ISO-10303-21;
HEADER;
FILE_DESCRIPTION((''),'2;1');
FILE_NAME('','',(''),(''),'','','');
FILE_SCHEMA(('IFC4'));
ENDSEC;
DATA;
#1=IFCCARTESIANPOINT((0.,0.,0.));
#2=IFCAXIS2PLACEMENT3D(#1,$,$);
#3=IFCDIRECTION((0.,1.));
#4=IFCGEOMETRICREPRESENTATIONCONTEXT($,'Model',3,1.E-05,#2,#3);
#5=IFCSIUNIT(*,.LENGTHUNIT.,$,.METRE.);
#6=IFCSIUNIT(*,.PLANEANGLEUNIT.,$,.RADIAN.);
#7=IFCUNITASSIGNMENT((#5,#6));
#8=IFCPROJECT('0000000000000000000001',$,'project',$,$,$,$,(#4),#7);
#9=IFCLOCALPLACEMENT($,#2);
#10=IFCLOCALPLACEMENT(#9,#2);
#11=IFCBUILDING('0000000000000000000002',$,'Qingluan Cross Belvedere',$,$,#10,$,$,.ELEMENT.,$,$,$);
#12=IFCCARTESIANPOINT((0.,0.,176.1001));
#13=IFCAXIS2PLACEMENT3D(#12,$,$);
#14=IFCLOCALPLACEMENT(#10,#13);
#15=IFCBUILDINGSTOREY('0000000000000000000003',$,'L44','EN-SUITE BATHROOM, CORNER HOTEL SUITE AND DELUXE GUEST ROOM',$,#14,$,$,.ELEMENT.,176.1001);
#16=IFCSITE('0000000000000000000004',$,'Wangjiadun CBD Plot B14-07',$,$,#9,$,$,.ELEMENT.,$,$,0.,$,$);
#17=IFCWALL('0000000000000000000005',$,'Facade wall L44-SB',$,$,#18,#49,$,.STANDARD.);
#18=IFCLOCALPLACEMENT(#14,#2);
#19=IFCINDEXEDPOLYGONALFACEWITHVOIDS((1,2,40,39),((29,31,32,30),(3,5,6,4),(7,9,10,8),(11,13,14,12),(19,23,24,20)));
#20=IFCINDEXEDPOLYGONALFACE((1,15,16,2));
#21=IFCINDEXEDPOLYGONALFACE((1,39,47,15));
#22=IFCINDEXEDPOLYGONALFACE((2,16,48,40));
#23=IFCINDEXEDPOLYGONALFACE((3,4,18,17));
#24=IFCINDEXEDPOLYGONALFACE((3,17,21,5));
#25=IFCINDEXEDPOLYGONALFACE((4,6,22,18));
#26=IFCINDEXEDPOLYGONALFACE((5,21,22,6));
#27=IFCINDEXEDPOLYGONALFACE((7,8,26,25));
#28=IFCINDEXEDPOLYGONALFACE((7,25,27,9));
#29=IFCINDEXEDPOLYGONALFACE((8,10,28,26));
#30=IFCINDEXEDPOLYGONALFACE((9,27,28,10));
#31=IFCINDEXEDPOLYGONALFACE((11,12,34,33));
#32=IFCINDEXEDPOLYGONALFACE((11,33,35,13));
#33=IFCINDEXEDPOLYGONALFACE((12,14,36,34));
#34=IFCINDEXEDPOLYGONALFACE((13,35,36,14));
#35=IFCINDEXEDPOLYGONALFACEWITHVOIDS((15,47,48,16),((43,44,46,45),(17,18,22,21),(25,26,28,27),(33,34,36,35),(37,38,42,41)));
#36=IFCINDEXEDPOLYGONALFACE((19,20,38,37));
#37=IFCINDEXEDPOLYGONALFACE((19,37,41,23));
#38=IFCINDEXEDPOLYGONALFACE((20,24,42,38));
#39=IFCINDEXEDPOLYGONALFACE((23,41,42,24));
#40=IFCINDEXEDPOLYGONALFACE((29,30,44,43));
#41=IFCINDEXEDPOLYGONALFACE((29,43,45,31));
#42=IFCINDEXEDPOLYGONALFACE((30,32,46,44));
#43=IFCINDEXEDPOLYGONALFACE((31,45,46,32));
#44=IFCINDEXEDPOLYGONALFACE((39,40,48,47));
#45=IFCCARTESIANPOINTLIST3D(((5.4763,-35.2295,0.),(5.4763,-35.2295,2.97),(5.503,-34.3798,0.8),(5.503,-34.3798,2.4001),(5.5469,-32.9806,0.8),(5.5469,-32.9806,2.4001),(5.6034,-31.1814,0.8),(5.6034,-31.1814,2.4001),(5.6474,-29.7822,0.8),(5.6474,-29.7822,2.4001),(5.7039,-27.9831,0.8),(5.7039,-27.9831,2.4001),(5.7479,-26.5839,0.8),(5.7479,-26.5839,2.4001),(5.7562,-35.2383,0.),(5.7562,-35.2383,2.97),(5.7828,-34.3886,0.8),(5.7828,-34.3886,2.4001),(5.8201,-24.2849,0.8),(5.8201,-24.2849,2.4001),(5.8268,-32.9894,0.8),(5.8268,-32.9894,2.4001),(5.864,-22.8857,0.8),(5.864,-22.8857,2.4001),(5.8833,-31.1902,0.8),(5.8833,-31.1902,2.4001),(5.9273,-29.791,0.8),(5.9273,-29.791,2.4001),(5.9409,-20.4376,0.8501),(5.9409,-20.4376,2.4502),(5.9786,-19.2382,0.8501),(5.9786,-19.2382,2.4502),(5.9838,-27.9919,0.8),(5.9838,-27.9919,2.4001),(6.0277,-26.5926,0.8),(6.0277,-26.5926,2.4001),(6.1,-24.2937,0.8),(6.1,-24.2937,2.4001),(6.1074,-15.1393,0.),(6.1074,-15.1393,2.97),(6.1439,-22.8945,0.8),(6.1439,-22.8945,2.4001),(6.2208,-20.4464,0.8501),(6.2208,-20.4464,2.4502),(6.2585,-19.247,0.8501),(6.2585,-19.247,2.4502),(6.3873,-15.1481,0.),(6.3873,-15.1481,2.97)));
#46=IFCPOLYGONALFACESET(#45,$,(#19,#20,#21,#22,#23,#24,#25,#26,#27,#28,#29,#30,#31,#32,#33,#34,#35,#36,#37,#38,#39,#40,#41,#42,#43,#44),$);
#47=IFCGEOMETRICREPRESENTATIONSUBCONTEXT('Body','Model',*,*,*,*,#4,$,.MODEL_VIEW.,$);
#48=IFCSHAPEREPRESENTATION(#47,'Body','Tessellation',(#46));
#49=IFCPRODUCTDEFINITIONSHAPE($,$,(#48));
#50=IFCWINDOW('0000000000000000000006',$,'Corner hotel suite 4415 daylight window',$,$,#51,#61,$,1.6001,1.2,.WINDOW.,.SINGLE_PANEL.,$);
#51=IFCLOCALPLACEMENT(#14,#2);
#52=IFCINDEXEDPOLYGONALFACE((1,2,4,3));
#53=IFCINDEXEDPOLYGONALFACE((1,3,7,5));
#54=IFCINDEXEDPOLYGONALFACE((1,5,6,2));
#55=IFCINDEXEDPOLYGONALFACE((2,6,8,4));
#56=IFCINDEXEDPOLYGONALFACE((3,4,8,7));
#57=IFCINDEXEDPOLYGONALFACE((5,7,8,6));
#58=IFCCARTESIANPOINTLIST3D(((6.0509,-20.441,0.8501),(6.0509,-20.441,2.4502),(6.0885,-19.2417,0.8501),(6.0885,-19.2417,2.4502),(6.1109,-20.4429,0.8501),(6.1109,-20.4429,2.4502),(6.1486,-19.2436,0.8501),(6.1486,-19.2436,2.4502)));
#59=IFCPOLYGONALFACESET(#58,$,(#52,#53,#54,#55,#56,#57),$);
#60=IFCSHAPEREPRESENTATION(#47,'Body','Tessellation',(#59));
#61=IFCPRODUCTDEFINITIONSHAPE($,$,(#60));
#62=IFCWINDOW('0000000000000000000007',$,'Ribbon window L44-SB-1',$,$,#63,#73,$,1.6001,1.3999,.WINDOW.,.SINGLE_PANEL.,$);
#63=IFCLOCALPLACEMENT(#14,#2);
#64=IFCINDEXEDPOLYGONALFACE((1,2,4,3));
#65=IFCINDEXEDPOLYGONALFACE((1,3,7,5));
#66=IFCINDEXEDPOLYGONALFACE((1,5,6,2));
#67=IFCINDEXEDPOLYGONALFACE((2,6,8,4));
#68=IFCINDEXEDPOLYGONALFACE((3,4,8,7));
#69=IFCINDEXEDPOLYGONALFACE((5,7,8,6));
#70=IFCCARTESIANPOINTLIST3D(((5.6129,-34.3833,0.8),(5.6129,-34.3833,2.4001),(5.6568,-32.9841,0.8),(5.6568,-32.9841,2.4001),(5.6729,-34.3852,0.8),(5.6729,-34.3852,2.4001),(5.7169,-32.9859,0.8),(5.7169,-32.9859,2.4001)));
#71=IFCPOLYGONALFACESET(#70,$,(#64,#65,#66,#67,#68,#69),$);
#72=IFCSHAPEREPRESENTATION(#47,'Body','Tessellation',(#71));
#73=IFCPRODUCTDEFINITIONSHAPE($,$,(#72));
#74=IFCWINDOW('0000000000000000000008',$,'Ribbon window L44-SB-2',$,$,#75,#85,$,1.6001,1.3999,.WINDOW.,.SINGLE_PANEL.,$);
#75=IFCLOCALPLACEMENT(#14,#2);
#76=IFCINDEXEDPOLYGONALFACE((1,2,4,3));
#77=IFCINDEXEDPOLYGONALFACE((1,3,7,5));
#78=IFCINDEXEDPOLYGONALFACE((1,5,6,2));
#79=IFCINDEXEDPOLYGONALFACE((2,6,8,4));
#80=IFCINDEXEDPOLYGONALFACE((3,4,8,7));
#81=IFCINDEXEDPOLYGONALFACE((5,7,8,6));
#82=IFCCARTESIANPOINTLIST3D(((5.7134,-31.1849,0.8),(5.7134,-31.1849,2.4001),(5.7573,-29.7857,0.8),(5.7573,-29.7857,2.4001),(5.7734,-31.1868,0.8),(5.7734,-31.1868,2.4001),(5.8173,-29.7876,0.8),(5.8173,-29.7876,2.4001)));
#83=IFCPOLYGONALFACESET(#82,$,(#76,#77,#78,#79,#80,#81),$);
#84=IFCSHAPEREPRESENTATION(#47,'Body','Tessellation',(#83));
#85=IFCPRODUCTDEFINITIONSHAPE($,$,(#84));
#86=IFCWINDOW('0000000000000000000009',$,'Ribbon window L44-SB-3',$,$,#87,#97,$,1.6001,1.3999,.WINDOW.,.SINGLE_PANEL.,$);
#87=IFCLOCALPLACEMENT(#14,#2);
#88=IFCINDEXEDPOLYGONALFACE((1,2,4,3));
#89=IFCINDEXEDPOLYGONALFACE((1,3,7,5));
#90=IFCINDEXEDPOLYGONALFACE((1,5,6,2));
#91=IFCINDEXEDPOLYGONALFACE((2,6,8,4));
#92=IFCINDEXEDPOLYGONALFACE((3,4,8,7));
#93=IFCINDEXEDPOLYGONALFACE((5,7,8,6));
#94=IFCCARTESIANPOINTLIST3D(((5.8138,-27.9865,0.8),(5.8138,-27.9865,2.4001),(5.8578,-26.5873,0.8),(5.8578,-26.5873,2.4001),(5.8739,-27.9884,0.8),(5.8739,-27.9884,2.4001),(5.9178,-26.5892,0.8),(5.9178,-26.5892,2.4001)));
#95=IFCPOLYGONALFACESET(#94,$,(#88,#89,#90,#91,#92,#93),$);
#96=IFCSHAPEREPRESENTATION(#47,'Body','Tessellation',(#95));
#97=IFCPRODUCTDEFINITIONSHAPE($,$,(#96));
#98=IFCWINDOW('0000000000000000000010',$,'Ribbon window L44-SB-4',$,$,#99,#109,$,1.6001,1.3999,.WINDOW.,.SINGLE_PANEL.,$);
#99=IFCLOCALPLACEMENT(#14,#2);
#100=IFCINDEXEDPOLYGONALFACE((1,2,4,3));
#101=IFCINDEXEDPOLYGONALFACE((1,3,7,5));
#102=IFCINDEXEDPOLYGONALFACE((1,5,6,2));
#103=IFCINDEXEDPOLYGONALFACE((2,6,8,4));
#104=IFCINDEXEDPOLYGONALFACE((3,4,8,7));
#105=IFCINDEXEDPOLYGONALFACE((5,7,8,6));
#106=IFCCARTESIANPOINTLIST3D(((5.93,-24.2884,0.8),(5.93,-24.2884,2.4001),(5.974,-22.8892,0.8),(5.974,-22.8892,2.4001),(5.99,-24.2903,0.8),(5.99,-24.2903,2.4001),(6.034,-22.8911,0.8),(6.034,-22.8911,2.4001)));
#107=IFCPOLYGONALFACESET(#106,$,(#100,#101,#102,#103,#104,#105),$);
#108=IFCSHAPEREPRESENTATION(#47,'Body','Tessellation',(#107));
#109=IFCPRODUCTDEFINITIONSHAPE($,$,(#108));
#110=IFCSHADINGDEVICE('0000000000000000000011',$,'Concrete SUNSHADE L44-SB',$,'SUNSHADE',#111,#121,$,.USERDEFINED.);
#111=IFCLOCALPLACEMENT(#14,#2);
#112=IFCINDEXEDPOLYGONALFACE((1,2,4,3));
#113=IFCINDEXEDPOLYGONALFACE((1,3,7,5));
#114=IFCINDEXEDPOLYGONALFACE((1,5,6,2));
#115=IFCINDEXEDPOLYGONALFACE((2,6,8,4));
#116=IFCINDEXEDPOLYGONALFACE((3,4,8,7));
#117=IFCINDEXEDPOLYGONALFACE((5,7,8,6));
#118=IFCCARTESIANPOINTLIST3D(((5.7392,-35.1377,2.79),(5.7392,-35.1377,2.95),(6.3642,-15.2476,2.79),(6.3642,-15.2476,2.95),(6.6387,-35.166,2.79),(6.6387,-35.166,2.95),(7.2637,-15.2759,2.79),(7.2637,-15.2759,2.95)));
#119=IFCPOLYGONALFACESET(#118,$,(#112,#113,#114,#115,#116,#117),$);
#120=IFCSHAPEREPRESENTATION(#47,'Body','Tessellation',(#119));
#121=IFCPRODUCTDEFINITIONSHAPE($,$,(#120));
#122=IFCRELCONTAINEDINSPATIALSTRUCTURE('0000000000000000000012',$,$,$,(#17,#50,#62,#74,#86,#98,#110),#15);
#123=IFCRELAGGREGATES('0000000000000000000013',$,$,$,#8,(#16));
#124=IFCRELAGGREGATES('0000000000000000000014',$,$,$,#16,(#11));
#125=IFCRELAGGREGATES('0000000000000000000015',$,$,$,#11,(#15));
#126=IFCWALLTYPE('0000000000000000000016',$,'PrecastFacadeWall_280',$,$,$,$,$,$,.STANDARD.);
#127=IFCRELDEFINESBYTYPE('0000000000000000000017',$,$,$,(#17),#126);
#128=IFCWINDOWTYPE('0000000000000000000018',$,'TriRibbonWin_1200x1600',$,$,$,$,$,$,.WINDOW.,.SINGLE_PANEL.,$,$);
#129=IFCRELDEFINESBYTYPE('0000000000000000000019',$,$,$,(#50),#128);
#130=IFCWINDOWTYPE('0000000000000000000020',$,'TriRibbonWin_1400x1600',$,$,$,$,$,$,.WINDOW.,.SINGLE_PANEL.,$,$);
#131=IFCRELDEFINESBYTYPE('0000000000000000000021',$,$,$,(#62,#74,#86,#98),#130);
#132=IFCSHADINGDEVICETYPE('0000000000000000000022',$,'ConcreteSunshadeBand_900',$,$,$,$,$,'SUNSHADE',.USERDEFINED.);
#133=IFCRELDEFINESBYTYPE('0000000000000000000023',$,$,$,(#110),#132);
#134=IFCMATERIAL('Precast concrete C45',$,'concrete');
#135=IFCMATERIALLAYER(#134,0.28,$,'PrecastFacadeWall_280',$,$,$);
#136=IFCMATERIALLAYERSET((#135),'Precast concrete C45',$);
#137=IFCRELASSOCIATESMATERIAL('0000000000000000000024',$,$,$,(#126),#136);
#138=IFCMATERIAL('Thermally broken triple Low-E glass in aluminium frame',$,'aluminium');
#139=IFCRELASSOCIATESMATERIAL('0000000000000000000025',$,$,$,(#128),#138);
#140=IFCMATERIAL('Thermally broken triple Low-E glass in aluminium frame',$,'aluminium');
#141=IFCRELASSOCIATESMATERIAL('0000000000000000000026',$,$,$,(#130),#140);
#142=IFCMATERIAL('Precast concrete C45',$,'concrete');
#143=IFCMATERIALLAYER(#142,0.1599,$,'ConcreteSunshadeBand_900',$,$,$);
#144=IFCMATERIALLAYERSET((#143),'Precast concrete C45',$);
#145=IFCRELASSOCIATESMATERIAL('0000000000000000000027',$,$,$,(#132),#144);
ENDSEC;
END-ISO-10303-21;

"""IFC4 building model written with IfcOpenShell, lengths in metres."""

from ifc_helpers import new_model, si_unit, direction, frame, frame_2d, origin, origin_2d, place, context, subcontext, project, spatial, rectangle, extrude, material, layer, layer_set, type_object, element, fill, save


model = new_model("IFC4")

# Units and contexts
model_context = context("Model", 3, precision=1e-05, world=origin(), true_north=direction((0.0, 1.0)))
body_context = subcontext(model_context, "Body", "Model", "MODEL_VIEW")
ifc_project = project(units=[si_unit("LENGTHUNIT", "METRE"), si_unit("PLANEANGLEUNIT", "RADIAN")], contexts=[model_context])

# Site, building, storey
site_placement = place(None, origin())
site = spatial("IfcSite", under=ifc_project, at=site_placement, Name="Wangjiadun CBD Plot B14-07", CompositionType="ELEMENT", RefElevation=0.0)
building_placement = place(site_placement, origin())
building = spatial("IfcBuilding", under=site, at=building_placement, Name="Qingluan Cross Belvedere", CompositionType="ELEMENT")
storey_placement = place(building_placement, frame((0.0, 0.0, 176.1001)))
storey = spatial("IfcBuildingStorey", under=building, at=storey_placement, Name="L44", Description="EN-SUITE BATHROOM, CORNER HOTEL SUITE AND DELUXE GUEST ROOM", CompositionType="ELEMENT", Elevation=176.1001)

# Wall, openings, windows
ifc_material_1 = material(Name="Precast concrete C45", Category="concrete")
ifc_layer_1 = layer(ifc_material_1, 0.28, Name="PrecastFacadeWall_280")
ifc_layer_set_1 = layer_set([ifc_layer_1], Name="Precast concrete C45")
wall_type_1 = type_object("IfcWallType", Name="PrecastFacadeWall_280", PredefinedType="STANDARD", material=ifc_layer_set_1)
wall_1_placement = place(storey_placement, frame((5.6162, -35.2339, 0.0), z_axis=(0.0, 0.0, 1.0), x_axis=(0.031398, 0.999507, 0.0)))
wall_1 = element("IfcWall", 1, at=wall_1_placement, inside=storey, type_object=wall_type_1, Name="Facade wall L44-SB", PredefinedType="STANDARD", context=body_context, shape_type="SweptSolid", body=[
    extrude(rectangle(XDim=20.1001, YDim=0.28, at=frame_2d((10.05, 0.0))), origin(), (0.0, 0.0, 1.0), 2.97),
])
opening_1_placement = place(wall_1_placement, frame((0.8501, 0.0, 0.8)))
opening_1 = element("IfcOpeningElement", 2, at=opening_1_placement, cuts=wall_1, PredefinedType="OPENING", context=body_context, shape_type="SweptSolid", body=[
    extrude(rectangle(XDim=1.3999, YDim=1.6001, at=frame_2d((0.7, 0.8))), frame((0.0, 0.1499, 0.0), z_axis=(0.0, -1.0, 0.0), x_axis=(1.0, 0.0, 0.0)), (0.0, 0.0, 1.0), 0.3),
])
opening_2_placement = place(wall_1_placement, frame((4.05, 0.0, 0.8)))
opening_2 = element("IfcOpeningElement", 3, at=opening_2_placement, cuts=wall_1, PredefinedType="OPENING", context=body_context, shape_type="SweptSolid", body=[
    extrude(rectangle(XDim=1.3999, YDim=1.6001, at=frame_2d((0.7, 0.8))), frame((0.0, 0.1499, 0.0), z_axis=(0.0, -1.0, 0.0), x_axis=(1.0, 0.0, 0.0)), (0.0, 0.0, 1.0), 0.3),
])
opening_3_placement = place(wall_1_placement, frame((7.25, 0.0, 0.8)))
opening_3 = element("IfcOpeningElement", 4, at=opening_3_placement, cuts=wall_1, PredefinedType="OPENING", context=body_context, shape_type="SweptSolid", body=[
    extrude(rectangle(XDim=1.3999, YDim=1.6001, at=frame_2d((0.7, 0.8))), frame((0.0, 0.1499, 0.0), z_axis=(0.0, -1.0, 0.0), x_axis=(1.0, 0.0, 0.0)), (0.0, 0.0, 1.0), 0.3),
])
opening_4_placement = place(wall_1_placement, frame((10.95, 0.0, 0.8)))
opening_4 = element("IfcOpeningElement", 5, at=opening_4_placement, cuts=wall_1, PredefinedType="OPENING", context=body_context, shape_type="SweptSolid", body=[
    extrude(rectangle(XDim=1.3999, YDim=1.6001, at=frame_2d((0.7, 0.8))), frame((0.0, 0.1499, 0.0), z_axis=(0.0, -1.0, 0.0), x_axis=(1.0, 0.0, 0.0)), (0.0, 0.0, 1.0), 0.3),
])
opening_5_placement = place(wall_1_placement, frame((14.7991, 0.0, 0.8501)))
opening_5 = element("IfcOpeningElement", 6, at=opening_5_placement, cuts=wall_1, PredefinedType="OPENING", context=body_context, shape_type="SweptSolid", body=[
    extrude(rectangle(XDim=1.2, YDim=1.6001, at=frame_2d((0.6001, 0.8))), frame((0.0, 0.1499, 0.0), z_axis=(0.0, -1.0, 0.0), x_axis=(1.0, 0.0, 0.0)), (0.0, 0.0, 1.0), 0.3),
])
ifc_material_2 = material(Name="Thermally broken triple Low-E glass in aluminium frame", Category="aluminium")
window_type_1 = type_object("IfcWindowType", Name="TriRibbonWin_1200x1600", PartitioningType="SINGLE_PANEL", PredefinedType="WINDOW", material=ifc_material_2)
window_1_placement = place(opening_5_placement, origin())
window_1 = element("IfcWindow", 7, at=window_1_placement, inside=storey, type_object=window_type_1, Name="Corner hotel suite 4415 daylight window", OverallHeight=1.6001, OverallWidth=1.2, PartitioningType="SINGLE_PANEL", PredefinedType="WINDOW", context=body_context, shape_type="SweptSolid", body=[
    extrude(rectangle(XDim=1.2, YDim=1.6001, at=frame_2d((0.6001, 0.8))), frame((0.0, 0.03, 0.0), z_axis=(0.0, -1.0, 0.0), x_axis=(1.0, 0.0, 0.0)), (0.0, 0.0, 1.0), 0.0601),
])
fill(opening_5, window_1)
ifc_material_3 = material(Name="Thermally broken triple Low-E glass in aluminium frame", Category="aluminium")
window_type_2 = type_object("IfcWindowType", Name="TriRibbonWin_1400x1600", PartitioningType="SINGLE_PANEL", PredefinedType="WINDOW", material=ifc_material_3)
window_2_placement = place(opening_1_placement, origin())
window_2 = element("IfcWindow", 8, at=window_2_placement, inside=storey, type_object=window_type_2, Name="Ribbon window L44-SB-1", OverallHeight=1.6001, OverallWidth=1.3999, PartitioningType="SINGLE_PANEL", PredefinedType="WINDOW", context=body_context, shape_type="SweptSolid", body=[
    extrude(rectangle(XDim=1.3999, YDim=1.6001, at=frame_2d((0.7, 0.8))), frame((0.0, 0.03, 0.0), z_axis=(0.0, -1.0, 0.0), x_axis=(1.0, 0.0, 0.0)), (0.0, 0.0, 1.0), 0.0601),
])
fill(opening_1, window_2)
window_3_placement = place(opening_2_placement, origin())
window_3 = element("IfcWindow", 9, at=window_3_placement, inside=storey, type_object=window_type_2, Name="Ribbon window L44-SB-2", OverallHeight=1.6001, OverallWidth=1.3999, PartitioningType="SINGLE_PANEL", PredefinedType="WINDOW", context=body_context, shape_type="SweptSolid", body=[
    extrude(rectangle(XDim=1.3999, YDim=1.6001, at=frame_2d((0.7, 0.8))), frame((0.0, 0.03, 0.0), z_axis=(0.0, -1.0, 0.0), x_axis=(1.0, 0.0, 0.0)), (0.0, 0.0, 1.0), 0.0601),
])
fill(opening_2, window_3)
window_4_placement = place(opening_3_placement, origin())
window_4 = element("IfcWindow", 10, at=window_4_placement, inside=storey, type_object=window_type_2, Name="Ribbon window L44-SB-3", OverallHeight=1.6001, OverallWidth=1.3999, PartitioningType="SINGLE_PANEL", PredefinedType="WINDOW", context=body_context, shape_type="SweptSolid", body=[
    extrude(rectangle(XDim=1.3999, YDim=1.6001, at=frame_2d((0.7, 0.8))), frame((0.0, 0.03, 0.0), z_axis=(0.0, -1.0, 0.0), x_axis=(1.0, 0.0, 0.0)), (0.0, 0.0, 1.0), 0.0601),
])
fill(opening_3, window_4)
window_5_placement = place(opening_4_placement, origin())
window_5 = element("IfcWindow", 11, at=window_5_placement, inside=storey, type_object=window_type_2, Name="Ribbon window L44-SB-4", OverallHeight=1.6001, OverallWidth=1.3999, PartitioningType="SINGLE_PANEL", PredefinedType="WINDOW", context=body_context, shape_type="SweptSolid", body=[
    extrude(rectangle(XDim=1.3999, YDim=1.6001, at=frame_2d((0.7, 0.8))), frame((0.0, 0.03, 0.0), z_axis=(0.0, -1.0, 0.0), x_axis=(1.0, 0.0, 0.0)), (0.0, 0.0, 1.0), 0.0601),
])
fill(opening_4, window_5)

# Shading device
ifc_material_4 = material(Name="Precast concrete C45", Category="concrete")
ifc_layer_2 = layer(ifc_material_4, 0.1599, Name="ConcreteSunshadeBand_900")
ifc_layer_set_2 = layer_set([ifc_layer_2], Name="Precast concrete C45")
shading_device_type = type_object("IfcShadingDeviceType", Name="ConcreteSunshadeBand_900", ElementType="SUNSHADE", PredefinedType="USERDEFINED", material=ifc_layer_set_2)
shading_device_placement = place(storey_placement, frame((6.5015, -25.2068, 2.79), z_axis=(0.0, 0.0, 1.0), x_axis=(0.031408, 0.999507, 0.0)))
element("IfcShadingDevice", 12, at=shading_device_placement, inside=storey, type_object=shading_device_type, Name="Concrete SUNSHADE L44-SB", ObjectType="SUNSHADE", PredefinedType="USERDEFINED", context=body_context, shape_type="SweptSolid", body=[
    extrude(rectangle(XDim=19.8999, YDim=0.8999, at=origin_2d()), origin(), (0.0, 0.0, 1.0), 0.1599),
])

save(model, "model.ifc")
